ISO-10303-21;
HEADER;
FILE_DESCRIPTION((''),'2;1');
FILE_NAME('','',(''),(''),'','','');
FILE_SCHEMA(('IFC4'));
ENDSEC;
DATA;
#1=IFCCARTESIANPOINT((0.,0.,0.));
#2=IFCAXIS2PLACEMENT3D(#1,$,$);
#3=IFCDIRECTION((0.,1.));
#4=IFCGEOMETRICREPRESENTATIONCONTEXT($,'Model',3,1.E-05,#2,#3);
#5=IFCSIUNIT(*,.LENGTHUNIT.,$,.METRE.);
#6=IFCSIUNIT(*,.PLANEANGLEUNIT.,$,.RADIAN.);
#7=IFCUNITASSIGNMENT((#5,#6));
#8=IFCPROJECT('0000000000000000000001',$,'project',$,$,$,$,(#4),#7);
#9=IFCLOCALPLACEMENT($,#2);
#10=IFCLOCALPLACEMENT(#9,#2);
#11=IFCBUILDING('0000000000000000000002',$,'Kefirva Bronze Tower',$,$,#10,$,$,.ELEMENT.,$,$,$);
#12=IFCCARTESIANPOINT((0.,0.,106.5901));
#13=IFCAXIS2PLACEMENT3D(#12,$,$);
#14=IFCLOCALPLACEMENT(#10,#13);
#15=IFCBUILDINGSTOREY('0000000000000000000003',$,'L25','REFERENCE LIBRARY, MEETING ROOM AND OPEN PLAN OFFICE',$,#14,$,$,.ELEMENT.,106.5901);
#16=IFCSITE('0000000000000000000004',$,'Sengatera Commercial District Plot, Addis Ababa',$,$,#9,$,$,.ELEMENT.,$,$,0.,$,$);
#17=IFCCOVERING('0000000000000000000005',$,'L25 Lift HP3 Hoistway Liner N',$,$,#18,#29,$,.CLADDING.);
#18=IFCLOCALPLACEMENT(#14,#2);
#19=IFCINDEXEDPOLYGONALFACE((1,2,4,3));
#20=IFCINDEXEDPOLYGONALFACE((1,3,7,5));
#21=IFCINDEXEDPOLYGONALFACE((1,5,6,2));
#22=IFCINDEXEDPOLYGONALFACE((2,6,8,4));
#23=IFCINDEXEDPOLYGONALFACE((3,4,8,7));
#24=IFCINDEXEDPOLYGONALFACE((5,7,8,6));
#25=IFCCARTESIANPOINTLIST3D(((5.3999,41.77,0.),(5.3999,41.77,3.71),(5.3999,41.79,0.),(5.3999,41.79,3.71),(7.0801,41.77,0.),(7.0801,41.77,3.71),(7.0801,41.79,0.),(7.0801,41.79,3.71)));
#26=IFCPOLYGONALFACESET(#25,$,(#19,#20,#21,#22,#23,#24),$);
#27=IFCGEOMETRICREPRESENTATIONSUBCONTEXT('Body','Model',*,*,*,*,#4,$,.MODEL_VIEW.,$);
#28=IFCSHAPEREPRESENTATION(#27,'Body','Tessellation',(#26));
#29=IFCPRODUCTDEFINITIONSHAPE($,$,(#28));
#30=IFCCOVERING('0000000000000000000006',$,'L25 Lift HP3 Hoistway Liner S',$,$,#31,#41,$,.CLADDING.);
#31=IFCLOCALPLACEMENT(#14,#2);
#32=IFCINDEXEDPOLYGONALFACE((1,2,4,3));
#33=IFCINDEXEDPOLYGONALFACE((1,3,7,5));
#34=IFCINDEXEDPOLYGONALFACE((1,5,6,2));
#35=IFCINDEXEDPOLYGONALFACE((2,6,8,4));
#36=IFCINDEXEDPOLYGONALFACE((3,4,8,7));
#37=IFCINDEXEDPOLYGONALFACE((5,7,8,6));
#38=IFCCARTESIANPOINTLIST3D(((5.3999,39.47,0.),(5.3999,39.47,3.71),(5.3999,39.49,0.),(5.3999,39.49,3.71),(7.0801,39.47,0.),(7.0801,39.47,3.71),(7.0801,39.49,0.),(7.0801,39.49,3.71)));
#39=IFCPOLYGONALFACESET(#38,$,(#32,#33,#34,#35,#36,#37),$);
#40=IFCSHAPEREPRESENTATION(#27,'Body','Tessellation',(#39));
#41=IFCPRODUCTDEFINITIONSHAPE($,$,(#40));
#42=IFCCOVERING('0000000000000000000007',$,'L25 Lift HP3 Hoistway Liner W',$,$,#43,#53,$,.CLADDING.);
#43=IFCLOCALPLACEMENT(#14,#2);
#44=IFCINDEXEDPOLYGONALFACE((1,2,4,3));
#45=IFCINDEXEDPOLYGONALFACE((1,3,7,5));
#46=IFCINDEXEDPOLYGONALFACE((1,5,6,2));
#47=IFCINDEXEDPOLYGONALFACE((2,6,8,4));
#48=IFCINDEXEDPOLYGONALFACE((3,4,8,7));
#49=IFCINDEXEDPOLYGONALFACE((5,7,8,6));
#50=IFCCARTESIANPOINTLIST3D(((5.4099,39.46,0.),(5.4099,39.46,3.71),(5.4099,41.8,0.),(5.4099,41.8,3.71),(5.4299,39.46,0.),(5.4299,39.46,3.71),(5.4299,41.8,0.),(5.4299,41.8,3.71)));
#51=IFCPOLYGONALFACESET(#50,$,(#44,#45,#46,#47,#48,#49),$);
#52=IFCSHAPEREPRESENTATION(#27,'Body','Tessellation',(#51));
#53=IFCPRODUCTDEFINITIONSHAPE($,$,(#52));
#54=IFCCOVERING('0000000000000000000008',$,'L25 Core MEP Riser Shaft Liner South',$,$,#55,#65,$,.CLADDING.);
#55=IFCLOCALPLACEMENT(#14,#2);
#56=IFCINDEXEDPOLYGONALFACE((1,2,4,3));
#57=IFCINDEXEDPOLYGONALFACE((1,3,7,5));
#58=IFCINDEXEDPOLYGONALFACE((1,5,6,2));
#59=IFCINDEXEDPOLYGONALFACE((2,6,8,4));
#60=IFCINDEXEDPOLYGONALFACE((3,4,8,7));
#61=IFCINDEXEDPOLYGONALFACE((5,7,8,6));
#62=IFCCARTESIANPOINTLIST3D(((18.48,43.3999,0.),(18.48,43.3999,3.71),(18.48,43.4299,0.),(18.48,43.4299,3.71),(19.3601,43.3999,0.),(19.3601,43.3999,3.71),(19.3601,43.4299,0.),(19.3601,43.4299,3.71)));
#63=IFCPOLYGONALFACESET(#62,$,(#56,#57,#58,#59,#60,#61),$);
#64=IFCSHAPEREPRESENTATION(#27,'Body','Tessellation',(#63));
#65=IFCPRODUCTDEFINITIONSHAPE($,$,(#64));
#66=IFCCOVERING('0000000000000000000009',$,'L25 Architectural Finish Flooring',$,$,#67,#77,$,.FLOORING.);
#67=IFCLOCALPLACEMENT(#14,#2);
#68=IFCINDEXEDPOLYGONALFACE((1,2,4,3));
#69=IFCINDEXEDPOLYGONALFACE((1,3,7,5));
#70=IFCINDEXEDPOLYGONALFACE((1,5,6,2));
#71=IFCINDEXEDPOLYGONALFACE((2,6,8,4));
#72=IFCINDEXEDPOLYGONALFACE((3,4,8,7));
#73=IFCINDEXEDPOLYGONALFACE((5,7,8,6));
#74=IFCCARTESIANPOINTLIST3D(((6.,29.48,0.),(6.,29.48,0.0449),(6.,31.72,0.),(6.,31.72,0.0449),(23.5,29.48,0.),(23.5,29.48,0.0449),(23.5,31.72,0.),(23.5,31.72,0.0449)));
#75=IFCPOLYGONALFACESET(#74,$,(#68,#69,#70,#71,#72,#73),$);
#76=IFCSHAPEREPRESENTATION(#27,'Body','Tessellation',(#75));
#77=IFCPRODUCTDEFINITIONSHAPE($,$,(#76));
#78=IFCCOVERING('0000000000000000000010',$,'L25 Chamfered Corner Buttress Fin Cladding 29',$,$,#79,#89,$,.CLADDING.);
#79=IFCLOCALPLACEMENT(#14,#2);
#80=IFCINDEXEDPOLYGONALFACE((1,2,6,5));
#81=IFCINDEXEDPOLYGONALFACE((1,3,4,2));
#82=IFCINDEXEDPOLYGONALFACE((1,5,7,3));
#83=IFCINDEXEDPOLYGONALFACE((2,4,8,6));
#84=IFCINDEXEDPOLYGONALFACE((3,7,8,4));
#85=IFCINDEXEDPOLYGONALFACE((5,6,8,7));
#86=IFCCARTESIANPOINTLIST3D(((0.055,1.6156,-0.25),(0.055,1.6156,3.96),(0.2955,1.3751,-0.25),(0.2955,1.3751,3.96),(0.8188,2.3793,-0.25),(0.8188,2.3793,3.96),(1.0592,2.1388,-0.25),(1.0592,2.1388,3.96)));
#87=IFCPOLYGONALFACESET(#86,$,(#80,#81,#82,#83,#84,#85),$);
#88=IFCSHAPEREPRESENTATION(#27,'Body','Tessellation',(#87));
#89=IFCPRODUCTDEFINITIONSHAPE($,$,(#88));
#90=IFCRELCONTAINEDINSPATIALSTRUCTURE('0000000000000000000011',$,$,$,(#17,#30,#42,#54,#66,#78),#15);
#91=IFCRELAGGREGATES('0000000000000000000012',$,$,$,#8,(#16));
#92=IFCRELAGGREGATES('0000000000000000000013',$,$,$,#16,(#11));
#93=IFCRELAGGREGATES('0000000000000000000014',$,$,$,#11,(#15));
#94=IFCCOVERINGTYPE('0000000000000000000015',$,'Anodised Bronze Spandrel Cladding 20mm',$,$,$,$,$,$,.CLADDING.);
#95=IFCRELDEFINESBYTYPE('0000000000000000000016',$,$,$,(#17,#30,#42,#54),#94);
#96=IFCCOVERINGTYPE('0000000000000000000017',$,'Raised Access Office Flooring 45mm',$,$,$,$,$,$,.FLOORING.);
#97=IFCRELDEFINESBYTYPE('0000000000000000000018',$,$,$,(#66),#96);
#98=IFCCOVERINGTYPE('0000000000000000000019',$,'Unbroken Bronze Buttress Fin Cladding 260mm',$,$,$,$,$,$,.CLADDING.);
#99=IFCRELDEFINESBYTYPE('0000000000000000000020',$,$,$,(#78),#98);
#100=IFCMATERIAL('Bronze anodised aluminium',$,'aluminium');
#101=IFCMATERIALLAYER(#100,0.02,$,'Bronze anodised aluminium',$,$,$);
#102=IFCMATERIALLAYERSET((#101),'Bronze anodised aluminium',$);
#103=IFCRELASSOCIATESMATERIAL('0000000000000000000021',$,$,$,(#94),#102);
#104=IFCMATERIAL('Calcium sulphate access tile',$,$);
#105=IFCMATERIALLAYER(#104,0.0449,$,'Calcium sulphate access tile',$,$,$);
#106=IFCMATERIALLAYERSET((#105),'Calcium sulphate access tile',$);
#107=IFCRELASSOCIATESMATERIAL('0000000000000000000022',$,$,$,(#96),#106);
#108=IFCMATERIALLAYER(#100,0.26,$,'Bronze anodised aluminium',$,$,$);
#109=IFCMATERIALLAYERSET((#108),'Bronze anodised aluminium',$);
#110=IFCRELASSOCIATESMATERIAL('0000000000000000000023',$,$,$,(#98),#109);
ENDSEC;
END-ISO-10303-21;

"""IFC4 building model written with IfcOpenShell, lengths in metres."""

from ifc_helpers import new_model, si_unit, direction, frame, origin, origin_2d, place, context, subcontext, project, spatial, polyline, rectangle, outline, extrude, material, layer, layer_set, type_object, element, save


model = new_model("IFC4")

# Units and contexts
model_context = context("Model", 3, precision=1e-05, world=origin(), true_north=direction((0.0, 1.0)))
body_context = subcontext(model_context, "Body", "Model", "MODEL_VIEW")
ifc_project = project(units=[si_unit("LENGTHUNIT", "METRE"), si_unit("PLANEANGLEUNIT", "RADIAN")], contexts=[model_context])

# Site, building, storey
site_placement = place(None, origin())
site = spatial("IfcSite", under=ifc_project, at=site_placement, Name="Sengatera Commercial District Plot, Addis Ababa", CompositionType="ELEMENT", RefElevation=0.0)
building_placement = place(site_placement, origin())
building = spatial("IfcBuilding", under=site, at=building_placement, Name="Kefirva Bronze Tower", CompositionType="ELEMENT")
storey_placement = place(building_placement, frame((0.0, 0.0, 106.5901)))
storey = spatial("IfcBuildingStorey", under=building, at=storey_placement, Name="L25", Description="REFERENCE LIBRARY, MEETING ROOM AND OPEN PLAN OFFICE", CompositionType="ELEMENT", Elevation=106.5901)

# Shared definitions
ifc_material_1 = material(Name="Bronze anodised aluminium", Category="aluminium")

# Coverings
ifc_layer_1 = layer(ifc_material_1, 0.02, Name="Bronze anodised aluminium")
ifc_layer_set_1 = layer_set([ifc_layer_1], Name="Bronze anodised aluminium")
covering_type_1 = type_object("IfcCoveringType", Name="Anodised Bronze Spandrel Cladding 20mm", PredefinedType="CLADDING", material=ifc_layer_set_1)
covering_1_placement = place(storey_placement, origin())
element("IfcCovering", 1, at=covering_1_placement, inside=storey, type_object=covering_type_1, Name="L25 Lift HP3 Hoistway Liner N", PredefinedType="CLADDING", context=body_context, shape_type="SweptSolid", body=[
    extrude(outline(polyline([(5.3999, 41.77), (7.0801, 41.77), (7.0801, 41.79), (5.3999, 41.79), (5.3999, 41.77)])), origin(), (0.0, 0.0, 1.0), 3.71),
])
covering_2_placement = place(storey_placement, origin())
element("IfcCovering", 2, at=covering_2_placement, inside=storey, type_object=covering_type_1, Name="L25 Lift HP3 Hoistway Liner S", PredefinedType="CLADDING", context=body_context, shape_type="SweptSolid", body=[
    extrude(outline(polyline([(5.3999, 39.47), (7.0801, 39.47), (7.0801, 39.49), (5.3999, 39.49), (5.3999, 39.47)])), origin(), (0.0, 0.0, 1.0), 3.71),
])
covering_3_placement = place(storey_placement, origin())
element("IfcCovering", 3, at=covering_3_placement, inside=storey, type_object=covering_type_1, Name="L25 Lift HP3 Hoistway Liner W", PredefinedType="CLADDING", context=body_context, shape_type="SweptSolid", body=[
    extrude(outline(polyline([(5.4099, 39.46), (5.4299, 39.46), (5.4299, 41.8), (5.4099, 41.8), (5.4099, 39.46)])), origin(), (0.0, 0.0, 1.0), 3.71),
])
covering_4_placement = place(storey_placement, origin())
element("IfcCovering", 4, at=covering_4_placement, inside=storey, type_object=covering_type_1, Name="L25 Core MEP Riser Shaft Liner South", PredefinedType="CLADDING", context=body_context, shape_type="SweptSolid", body=[
    extrude(outline(polyline([(18.48, 43.3999), (19.3601, 43.3999), (19.3601, 43.4299), (18.48, 43.4299), (18.48, 43.3999)])), origin(), (0.0, 0.0, 1.0), 3.71),
])
ifc_material_2 = material(Name="Calcium sulphate access tile")
ifc_layer_2 = layer(ifc_material_2, 0.0449, Name="Calcium sulphate access tile")
ifc_layer_set_2 = layer_set([ifc_layer_2], Name="Calcium sulphate access tile")
covering_type_2 = type_object("IfcCoveringType", Name="Raised Access Office Flooring 45mm", PredefinedType="FLOORING", material=ifc_layer_set_2)
covering_5_placement = place(storey_placement, origin())
element("IfcCovering", 5, at=covering_5_placement, inside=storey, type_object=covering_type_2, Name="L25 Architectural Finish Flooring", PredefinedType="FLOORING", context=body_context, shape_type="SweptSolid", body=[
    extrude(outline(polyline([(6.0, 29.48), (23.5, 29.48), (23.5, 31.72), (6.0, 31.72), (6.0, 29.48)])), origin(), (0.0, 0.0, 1.0), 0.0449),
])
ifc_layer_3 = layer(ifc_material_1, 0.26, Name="Bronze anodised aluminium")
ifc_layer_set_3 = layer_set([ifc_layer_3], Name="Bronze anodised aluminium")
covering_type_3 = type_object("IfcCoveringType", Name="Unbroken Bronze Buttress Fin Cladding 260mm", PredefinedType="CLADDING", material=ifc_layer_set_3)
covering_6_placement = place(storey_placement, frame((0.5571, 1.8772, -0.25), z_axis=(0.0, 0.0, 1.0), x_axis=(0.707107, -0.707107, 0.0)))
element("IfcCovering", 6, at=covering_6_placement, inside=storey, type_object=covering_type_3, Name="L25 Chamfered Corner Buttress Fin Cladding 29", PredefinedType="CLADDING", context=body_context, shape_type="SweptSolid", body=[
    extrude(rectangle(XDim=0.3401, YDim=1.0801, at=origin_2d()), origin(), (0.0, 0.0, 1.0), 4.21),
])

save(model, "model.ifc")
